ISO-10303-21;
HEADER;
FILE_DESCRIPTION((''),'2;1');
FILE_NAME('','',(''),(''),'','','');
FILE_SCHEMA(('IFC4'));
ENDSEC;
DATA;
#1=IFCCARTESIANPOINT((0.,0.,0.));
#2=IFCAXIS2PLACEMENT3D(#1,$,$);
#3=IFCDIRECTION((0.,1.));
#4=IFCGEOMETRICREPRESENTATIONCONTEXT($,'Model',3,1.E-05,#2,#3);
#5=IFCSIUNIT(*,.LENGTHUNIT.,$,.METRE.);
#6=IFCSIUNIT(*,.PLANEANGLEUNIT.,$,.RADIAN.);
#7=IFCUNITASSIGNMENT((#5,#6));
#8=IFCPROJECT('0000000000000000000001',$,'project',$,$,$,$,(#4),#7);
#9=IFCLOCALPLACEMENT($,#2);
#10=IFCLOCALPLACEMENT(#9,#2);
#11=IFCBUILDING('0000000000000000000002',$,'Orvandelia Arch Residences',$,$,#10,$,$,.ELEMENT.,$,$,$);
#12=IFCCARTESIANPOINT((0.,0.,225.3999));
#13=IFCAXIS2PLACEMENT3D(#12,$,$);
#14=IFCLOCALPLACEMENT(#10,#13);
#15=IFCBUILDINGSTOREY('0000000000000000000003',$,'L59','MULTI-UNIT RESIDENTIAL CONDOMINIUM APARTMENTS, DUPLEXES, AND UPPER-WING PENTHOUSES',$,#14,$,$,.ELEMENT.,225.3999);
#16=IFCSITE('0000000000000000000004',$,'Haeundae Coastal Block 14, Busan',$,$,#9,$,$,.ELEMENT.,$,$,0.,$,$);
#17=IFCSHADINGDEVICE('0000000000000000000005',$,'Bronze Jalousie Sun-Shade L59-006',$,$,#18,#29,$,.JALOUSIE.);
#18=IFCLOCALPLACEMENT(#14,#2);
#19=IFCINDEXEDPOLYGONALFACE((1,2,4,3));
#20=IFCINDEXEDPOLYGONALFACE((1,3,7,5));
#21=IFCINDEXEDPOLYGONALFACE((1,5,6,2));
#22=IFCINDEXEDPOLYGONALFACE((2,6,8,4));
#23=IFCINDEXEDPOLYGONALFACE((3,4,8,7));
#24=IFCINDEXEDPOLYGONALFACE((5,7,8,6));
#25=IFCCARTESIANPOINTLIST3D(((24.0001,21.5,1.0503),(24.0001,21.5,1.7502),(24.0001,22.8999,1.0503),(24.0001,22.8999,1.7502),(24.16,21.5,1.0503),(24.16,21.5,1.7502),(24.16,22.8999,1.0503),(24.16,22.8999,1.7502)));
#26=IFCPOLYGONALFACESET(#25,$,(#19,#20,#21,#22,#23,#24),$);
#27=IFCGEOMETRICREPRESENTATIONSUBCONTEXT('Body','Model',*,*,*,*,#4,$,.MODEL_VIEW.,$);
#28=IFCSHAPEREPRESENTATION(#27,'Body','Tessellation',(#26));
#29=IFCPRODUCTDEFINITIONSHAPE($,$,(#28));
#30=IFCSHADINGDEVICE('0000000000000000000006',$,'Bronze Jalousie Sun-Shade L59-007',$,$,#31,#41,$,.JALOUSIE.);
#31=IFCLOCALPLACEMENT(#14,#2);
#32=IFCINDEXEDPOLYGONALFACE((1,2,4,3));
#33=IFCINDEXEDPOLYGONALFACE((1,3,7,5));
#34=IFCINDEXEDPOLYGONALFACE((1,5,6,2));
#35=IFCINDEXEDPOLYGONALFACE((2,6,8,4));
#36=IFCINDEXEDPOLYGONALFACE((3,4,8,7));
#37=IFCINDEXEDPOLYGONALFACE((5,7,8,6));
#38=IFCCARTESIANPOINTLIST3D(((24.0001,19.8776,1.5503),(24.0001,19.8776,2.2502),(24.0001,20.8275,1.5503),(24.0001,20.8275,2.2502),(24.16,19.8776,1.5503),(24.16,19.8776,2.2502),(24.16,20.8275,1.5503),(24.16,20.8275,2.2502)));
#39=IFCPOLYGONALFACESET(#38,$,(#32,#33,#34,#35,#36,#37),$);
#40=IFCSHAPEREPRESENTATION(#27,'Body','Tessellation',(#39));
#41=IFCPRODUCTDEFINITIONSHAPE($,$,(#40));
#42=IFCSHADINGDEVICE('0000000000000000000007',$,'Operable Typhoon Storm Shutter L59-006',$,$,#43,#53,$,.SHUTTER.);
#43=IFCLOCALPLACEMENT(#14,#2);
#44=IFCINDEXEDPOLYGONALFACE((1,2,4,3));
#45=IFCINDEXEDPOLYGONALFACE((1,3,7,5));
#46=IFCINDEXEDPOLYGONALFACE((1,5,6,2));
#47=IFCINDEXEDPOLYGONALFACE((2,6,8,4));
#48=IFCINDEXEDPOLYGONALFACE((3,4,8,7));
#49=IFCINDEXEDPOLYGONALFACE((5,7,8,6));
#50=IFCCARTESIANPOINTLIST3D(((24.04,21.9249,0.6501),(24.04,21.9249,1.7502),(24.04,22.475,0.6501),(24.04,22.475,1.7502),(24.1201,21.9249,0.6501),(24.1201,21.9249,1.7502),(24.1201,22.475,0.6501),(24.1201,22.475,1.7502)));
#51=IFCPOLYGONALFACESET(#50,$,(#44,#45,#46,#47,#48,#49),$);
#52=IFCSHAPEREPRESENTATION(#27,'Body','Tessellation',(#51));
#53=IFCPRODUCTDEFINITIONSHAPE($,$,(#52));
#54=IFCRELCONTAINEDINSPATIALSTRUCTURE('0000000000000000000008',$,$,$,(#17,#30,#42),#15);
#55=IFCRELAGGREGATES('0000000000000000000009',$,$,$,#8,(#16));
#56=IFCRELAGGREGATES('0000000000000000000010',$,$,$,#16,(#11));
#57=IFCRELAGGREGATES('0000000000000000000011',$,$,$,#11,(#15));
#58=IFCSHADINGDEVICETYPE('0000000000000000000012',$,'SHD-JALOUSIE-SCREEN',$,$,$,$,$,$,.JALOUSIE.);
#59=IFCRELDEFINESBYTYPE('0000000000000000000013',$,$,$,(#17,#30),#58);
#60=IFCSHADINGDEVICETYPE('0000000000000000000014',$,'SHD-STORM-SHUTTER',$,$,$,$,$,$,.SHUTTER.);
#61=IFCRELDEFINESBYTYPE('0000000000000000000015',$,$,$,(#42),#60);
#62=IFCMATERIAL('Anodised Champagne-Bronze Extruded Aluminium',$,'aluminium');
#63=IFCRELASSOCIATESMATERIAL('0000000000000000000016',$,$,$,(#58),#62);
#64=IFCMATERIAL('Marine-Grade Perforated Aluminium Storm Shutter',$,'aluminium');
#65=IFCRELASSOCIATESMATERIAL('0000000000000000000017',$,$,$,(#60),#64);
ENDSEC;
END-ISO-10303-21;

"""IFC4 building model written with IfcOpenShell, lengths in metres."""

from ifc_helpers import new_model, si_unit, direction, frame, origin, origin_2d, place, context, subcontext, project, spatial, rectangle, extrude, material, type_object, element, save


model = new_model("IFC4")

# Units and contexts
model_context = context("Model", 3, precision=1e-05, world=origin(), true_north=direction((0.0, 1.0)))
body_context = subcontext(model_context, "Body", "Model", "MODEL_VIEW")
ifc_project = project(units=[si_unit("LENGTHUNIT", "METRE"), si_unit("PLANEANGLEUNIT", "RADIAN")], contexts=[model_context])

# Site, building, storey
site_placement = place(None, origin())
site = spatial("IfcSite", under=ifc_project, at=site_placement, Name="Haeundae Coastal Block 14, Busan", CompositionType="ELEMENT", RefElevation=0.0)
building_placement = place(site_placement, origin())
building = spatial("IfcBuilding", under=site, at=building_placement, Name="Orvandelia Arch Residences", CompositionType="ELEMENT")
storey_placement = place(building_placement, frame((0.0, 0.0, 225.3999)))
storey = spatial("IfcBuildingStorey", under=building, at=storey_placement, Name="L59", Description="MULTI-UNIT RESIDENTIAL CONDOMINIUM APARTMENTS, DUPLEXES, AND UPPER-WING PENTHOUSES", CompositionType="ELEMENT", Elevation=225.3999)

# Shading devices
ifc_material_1 = material(Name="Anodised Champagne-Bronze Extruded Aluminium", Category="aluminium")
shading_device_type_1 = type_object("IfcShadingDeviceType", Name="SHD-JALOUSIE-SCREEN", PredefinedType="JALOUSIE", material=ifc_material_1)
shading_device_1_placement = place(storey_placement, frame((24.0801, 22.2, 1.0503), z_axis=(0.0, 0.0, 1.0), x_axis=(0.0, -1.0, 0.0)))
element("IfcShadingDevice", 1, at=shading_device_1_placement, inside=storey, type_object=shading_device_type_1, Name="Bronze Jalousie Sun-Shade L59-006", PredefinedType="JALOUSIE", context=body_context, shape_type="SweptSolid", body=[
    extrude(rectangle(XDim=1.3999, YDim=0.1599, at=origin_2d()), origin(), (0.0, 0.0, 1.0), 0.7),
])
shading_device_2_placement = place(storey_placement, frame((24.0801, 20.3525, 1.5503), z_axis=(0.0, 0.0, 1.0), x_axis=(0.0, -1.0, 0.0)))
element("IfcShadingDevice", 2, at=shading_device_2_placement, inside=storey, type_object=shading_device_type_1, Name="Bronze Jalousie Sun-Shade L59-007", PredefinedType="JALOUSIE", context=body_context, shape_type="SweptSolid", body=[
    extrude(rectangle(XDim=0.95, YDim=0.1599, at=origin_2d()), origin(), (0.0, 0.0, 1.0), 0.7),
])
ifc_material_2 = material(Name="Marine-Grade Perforated Aluminium Storm Shutter", Category="aluminium")
shading_device_type_2 = type_object("IfcShadingDeviceType", Name="SHD-STORM-SHUTTER", PredefinedType="SHUTTER", material=ifc_material_2)
shading_device_3_placement = place(storey_placement, frame((24.0801, 22.2, 0.6501), z_axis=(0.0, 0.0, 1.0), x_axis=(0.0, -1.0, 0.0)))
element("IfcShadingDevice", 3, at=shading_device_3_placement, inside=storey, type_object=shading_device_type_2, Name="Operable Typhoon Storm Shutter L59-006", PredefinedType="SHUTTER", context=body_context, shape_type="SweptSolid", body=[
    extrude(rectangle(XDim=0.55, YDim=0.0801, at=origin_2d()), origin(), (0.0, 0.0, 1.0), 1.1001),
])

save(model, "model.ifc")
